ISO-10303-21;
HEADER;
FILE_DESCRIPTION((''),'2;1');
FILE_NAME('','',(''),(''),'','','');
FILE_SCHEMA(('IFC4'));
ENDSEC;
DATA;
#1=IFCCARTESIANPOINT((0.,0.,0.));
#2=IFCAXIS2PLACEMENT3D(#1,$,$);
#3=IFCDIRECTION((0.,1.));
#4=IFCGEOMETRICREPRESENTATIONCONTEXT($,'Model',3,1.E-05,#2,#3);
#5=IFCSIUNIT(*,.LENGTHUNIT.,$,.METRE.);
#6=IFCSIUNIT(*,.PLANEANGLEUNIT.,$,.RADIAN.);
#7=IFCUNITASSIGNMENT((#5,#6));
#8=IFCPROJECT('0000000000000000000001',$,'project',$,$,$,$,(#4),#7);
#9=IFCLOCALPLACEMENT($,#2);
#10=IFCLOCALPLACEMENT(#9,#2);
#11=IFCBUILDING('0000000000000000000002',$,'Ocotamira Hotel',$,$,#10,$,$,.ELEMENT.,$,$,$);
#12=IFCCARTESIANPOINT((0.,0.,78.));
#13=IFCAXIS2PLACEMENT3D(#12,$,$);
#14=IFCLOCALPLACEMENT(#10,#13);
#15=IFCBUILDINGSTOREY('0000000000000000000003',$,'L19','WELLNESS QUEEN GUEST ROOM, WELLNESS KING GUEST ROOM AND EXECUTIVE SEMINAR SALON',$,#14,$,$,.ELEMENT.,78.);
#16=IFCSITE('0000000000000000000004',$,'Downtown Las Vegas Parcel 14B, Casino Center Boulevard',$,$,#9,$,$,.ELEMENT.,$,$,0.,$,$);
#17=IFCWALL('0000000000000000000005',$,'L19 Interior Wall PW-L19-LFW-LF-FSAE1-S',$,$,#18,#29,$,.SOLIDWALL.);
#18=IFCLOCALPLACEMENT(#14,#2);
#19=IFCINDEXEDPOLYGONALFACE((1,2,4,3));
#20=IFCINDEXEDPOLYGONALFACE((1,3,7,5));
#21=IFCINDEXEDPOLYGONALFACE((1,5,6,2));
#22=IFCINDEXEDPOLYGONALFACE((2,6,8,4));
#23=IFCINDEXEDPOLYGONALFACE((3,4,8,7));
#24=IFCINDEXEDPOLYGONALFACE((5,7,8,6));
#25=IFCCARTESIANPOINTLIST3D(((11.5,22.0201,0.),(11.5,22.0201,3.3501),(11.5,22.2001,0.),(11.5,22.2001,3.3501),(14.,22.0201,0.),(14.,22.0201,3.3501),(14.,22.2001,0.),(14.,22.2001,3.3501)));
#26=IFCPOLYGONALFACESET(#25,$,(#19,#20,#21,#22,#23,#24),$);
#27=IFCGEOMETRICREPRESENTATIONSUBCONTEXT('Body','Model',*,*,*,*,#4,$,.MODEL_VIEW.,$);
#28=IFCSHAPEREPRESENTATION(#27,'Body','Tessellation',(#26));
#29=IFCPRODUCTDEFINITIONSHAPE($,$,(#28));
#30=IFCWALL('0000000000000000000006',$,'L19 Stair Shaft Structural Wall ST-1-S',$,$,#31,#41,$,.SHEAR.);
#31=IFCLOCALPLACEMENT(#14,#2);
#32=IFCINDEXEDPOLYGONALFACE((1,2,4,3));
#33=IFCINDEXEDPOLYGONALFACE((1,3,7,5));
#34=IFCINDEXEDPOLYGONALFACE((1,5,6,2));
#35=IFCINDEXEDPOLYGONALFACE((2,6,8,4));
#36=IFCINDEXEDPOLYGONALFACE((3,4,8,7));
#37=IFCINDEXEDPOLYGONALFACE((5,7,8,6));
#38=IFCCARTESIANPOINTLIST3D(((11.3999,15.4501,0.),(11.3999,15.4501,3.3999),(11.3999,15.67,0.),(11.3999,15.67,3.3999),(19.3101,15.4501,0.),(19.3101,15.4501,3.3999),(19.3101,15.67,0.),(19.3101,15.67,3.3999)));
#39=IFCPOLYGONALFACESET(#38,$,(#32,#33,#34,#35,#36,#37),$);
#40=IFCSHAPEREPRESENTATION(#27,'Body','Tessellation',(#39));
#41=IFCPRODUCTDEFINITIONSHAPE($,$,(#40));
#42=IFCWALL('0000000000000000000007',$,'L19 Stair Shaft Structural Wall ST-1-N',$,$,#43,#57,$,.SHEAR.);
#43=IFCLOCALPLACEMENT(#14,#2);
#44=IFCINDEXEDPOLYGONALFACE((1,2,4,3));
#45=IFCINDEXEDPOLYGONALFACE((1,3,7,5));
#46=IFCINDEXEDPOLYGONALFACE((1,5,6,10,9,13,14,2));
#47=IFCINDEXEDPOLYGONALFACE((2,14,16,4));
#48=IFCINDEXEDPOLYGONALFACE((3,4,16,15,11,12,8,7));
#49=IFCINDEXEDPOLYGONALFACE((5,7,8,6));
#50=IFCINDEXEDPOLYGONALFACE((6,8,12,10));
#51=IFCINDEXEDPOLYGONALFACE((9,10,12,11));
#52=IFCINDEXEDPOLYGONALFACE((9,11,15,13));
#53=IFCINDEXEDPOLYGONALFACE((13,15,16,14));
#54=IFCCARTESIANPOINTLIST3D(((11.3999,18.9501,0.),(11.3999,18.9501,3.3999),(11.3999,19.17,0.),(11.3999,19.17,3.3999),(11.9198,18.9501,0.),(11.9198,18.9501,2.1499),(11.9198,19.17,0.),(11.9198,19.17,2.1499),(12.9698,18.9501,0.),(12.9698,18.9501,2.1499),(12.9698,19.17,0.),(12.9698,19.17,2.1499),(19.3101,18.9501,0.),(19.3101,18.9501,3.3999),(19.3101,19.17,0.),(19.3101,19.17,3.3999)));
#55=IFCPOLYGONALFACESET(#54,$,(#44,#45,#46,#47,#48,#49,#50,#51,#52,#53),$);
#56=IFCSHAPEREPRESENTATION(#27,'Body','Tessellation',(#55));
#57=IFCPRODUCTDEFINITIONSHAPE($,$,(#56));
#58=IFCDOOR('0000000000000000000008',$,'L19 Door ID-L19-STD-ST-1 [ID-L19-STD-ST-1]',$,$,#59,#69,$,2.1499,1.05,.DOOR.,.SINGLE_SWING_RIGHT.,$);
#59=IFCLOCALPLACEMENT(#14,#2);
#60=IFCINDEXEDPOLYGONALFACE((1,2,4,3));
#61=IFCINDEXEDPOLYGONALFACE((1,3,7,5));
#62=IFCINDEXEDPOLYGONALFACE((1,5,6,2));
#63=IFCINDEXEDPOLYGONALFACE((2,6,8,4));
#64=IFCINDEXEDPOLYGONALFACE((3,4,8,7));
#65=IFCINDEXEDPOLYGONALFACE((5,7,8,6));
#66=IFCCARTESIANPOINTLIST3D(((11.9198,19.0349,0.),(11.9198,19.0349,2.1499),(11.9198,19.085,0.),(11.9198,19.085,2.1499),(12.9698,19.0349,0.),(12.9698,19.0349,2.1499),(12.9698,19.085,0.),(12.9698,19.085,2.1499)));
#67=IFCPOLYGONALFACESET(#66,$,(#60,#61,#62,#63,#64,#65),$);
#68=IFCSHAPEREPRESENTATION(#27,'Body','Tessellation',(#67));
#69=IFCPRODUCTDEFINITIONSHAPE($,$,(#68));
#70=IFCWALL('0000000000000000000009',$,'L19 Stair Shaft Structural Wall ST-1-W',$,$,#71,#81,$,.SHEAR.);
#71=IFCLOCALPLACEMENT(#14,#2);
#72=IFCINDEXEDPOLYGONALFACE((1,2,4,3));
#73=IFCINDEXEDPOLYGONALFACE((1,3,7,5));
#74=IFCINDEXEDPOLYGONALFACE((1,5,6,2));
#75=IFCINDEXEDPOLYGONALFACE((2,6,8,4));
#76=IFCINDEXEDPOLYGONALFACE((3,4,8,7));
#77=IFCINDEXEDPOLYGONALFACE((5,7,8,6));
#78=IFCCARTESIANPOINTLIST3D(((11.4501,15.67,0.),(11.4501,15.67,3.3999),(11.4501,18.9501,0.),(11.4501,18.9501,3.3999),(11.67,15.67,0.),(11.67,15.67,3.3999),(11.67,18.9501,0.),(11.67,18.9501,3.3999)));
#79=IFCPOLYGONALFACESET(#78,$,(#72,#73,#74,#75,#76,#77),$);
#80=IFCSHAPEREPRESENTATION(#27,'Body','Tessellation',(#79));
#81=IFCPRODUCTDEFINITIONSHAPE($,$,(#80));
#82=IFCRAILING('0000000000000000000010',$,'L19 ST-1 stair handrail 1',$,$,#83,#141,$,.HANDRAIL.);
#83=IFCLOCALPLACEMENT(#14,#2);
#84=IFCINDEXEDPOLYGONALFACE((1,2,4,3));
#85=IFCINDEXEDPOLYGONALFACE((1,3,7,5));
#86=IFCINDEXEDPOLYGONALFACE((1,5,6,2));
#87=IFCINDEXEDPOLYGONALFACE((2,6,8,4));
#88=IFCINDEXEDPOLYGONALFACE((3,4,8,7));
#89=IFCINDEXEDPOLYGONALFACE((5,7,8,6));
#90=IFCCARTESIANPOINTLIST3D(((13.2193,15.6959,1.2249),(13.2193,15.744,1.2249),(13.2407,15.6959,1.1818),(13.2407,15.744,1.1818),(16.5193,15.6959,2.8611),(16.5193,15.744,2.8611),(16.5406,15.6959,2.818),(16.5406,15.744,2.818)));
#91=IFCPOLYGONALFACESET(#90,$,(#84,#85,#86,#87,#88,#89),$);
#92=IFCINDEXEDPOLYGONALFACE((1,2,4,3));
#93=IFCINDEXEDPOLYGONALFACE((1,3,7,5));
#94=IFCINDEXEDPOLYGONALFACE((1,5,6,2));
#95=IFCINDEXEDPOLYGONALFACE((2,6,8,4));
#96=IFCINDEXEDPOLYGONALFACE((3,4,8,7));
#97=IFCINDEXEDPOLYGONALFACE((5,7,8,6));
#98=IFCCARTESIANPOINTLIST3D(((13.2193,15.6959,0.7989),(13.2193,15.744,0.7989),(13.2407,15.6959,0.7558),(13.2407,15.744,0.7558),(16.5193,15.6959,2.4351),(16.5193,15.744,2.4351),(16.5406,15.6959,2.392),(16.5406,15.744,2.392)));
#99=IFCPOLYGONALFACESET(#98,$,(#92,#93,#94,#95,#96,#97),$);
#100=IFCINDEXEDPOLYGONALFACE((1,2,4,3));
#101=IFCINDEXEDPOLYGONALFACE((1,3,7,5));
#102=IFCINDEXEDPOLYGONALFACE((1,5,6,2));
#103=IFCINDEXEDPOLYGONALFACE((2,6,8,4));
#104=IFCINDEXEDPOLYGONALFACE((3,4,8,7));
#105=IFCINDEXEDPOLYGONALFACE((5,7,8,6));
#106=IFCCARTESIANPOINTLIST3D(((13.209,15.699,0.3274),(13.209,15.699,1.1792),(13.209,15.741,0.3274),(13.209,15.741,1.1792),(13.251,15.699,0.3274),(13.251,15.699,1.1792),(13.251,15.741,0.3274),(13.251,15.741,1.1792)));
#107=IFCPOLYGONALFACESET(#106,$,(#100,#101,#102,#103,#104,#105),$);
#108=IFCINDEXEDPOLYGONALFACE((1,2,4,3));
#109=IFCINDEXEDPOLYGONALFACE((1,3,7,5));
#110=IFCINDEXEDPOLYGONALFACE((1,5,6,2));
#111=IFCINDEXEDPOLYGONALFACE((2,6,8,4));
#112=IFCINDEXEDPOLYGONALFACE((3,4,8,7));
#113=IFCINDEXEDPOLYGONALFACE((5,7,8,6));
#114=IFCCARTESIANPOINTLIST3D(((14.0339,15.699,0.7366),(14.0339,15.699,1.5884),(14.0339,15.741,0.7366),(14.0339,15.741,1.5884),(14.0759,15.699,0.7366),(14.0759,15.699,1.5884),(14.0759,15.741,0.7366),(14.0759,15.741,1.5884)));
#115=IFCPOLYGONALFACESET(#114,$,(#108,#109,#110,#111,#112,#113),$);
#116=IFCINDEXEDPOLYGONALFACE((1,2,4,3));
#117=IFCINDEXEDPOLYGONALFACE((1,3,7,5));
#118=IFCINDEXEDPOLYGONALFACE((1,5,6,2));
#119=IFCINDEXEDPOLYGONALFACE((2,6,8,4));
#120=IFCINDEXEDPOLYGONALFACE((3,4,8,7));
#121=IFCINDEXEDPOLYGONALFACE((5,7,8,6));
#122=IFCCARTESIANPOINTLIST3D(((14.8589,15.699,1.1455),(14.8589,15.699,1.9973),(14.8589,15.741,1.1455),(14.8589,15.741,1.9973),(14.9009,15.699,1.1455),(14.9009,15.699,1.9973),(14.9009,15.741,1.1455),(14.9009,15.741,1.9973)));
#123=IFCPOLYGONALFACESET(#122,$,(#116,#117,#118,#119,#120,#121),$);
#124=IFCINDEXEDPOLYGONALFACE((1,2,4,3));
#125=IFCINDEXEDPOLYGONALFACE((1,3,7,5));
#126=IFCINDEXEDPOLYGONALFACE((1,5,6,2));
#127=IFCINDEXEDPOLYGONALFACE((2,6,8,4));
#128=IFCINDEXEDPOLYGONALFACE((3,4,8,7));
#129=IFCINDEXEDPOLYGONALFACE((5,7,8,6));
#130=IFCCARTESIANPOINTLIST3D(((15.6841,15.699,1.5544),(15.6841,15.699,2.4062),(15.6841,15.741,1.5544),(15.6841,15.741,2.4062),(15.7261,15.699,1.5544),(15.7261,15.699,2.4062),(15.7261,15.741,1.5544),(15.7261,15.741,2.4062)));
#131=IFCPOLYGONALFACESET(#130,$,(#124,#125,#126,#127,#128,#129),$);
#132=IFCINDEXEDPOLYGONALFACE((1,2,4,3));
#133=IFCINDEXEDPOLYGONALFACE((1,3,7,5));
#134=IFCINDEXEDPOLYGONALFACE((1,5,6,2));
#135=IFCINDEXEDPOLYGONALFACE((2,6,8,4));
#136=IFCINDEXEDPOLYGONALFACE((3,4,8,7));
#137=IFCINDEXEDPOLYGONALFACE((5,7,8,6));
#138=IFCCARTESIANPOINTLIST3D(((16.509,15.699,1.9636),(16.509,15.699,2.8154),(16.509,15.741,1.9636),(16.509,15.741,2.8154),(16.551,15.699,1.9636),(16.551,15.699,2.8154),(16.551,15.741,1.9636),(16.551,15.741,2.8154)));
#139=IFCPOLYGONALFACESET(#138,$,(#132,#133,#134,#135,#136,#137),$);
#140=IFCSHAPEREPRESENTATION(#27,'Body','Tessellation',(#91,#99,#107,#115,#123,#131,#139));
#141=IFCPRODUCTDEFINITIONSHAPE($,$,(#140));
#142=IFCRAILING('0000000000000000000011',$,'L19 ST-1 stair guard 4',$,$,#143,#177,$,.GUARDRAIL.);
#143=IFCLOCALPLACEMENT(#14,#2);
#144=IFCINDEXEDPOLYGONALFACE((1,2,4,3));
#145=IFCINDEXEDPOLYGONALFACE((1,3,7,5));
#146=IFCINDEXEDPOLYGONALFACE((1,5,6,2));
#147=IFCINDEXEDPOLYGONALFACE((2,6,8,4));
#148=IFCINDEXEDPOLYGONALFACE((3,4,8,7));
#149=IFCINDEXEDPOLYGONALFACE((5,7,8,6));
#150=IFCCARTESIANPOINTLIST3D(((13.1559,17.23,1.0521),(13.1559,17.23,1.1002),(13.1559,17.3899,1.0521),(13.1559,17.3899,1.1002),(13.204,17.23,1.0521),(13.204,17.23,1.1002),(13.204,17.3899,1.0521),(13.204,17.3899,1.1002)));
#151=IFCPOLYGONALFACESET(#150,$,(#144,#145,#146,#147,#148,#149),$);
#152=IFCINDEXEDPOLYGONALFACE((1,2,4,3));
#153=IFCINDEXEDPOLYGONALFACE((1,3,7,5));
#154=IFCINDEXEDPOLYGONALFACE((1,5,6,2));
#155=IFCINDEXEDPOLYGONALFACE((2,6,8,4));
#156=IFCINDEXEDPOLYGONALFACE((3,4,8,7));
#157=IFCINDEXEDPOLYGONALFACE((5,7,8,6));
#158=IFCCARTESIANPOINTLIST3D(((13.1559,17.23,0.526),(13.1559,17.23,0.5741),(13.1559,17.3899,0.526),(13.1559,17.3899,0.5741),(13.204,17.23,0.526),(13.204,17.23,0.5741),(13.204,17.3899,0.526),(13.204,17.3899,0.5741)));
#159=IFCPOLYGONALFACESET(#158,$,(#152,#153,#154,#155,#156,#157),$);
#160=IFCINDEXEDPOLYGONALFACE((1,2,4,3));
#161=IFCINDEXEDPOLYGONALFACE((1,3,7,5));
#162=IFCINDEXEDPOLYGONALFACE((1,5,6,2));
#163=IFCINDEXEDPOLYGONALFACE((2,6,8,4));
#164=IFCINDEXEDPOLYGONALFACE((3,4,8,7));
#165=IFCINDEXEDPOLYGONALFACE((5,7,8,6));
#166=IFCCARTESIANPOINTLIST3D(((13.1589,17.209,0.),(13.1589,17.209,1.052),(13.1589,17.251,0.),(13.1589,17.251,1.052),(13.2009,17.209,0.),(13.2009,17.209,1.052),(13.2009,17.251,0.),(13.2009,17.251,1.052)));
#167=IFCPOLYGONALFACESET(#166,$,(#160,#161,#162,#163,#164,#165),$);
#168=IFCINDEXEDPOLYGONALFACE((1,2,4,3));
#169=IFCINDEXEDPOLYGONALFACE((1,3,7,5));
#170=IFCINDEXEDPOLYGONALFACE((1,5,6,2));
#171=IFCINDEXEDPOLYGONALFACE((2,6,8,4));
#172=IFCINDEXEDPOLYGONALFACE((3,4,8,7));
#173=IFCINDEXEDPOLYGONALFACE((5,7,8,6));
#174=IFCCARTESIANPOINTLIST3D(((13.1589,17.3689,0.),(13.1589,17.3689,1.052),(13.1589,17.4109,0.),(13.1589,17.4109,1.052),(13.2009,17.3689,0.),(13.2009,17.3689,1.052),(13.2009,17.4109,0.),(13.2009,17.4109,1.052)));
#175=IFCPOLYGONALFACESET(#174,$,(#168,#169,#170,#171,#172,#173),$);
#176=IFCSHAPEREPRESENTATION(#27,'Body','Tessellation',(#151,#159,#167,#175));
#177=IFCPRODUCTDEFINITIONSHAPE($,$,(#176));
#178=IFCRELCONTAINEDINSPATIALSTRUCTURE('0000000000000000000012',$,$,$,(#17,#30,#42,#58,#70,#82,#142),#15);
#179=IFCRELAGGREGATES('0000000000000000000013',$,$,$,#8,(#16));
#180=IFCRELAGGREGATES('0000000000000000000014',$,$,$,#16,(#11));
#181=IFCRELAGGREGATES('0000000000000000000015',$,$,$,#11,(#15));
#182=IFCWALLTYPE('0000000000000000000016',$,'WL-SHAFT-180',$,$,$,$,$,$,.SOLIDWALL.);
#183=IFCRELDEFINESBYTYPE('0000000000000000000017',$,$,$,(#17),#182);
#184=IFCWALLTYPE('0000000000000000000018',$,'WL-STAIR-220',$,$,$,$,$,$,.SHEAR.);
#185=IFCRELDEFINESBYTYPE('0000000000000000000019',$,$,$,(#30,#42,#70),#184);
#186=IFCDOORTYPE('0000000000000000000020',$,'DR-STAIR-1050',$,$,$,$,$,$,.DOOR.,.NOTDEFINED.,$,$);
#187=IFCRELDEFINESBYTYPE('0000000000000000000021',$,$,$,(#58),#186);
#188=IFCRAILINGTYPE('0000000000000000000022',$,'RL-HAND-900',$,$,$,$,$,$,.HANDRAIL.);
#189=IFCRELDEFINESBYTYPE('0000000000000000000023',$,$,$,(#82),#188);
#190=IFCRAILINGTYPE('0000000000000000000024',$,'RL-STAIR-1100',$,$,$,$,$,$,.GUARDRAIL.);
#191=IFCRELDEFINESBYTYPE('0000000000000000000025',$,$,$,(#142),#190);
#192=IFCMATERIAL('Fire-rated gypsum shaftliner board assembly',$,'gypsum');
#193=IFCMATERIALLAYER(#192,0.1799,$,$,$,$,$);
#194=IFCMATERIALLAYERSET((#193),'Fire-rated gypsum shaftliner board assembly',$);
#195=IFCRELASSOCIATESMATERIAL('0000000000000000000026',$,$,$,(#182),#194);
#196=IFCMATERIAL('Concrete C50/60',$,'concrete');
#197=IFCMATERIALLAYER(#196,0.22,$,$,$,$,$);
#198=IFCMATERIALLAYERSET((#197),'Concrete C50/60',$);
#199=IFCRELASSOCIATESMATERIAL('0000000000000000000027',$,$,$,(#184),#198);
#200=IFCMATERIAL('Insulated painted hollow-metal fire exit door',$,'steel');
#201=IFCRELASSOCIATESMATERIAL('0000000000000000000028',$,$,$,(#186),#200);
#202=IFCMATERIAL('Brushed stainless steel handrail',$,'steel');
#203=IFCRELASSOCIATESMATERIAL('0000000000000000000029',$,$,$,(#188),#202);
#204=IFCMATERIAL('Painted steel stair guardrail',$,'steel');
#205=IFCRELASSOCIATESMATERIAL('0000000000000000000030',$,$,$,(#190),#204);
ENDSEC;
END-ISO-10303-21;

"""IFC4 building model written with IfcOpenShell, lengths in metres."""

from ifc_helpers import new_model, si_unit, direction, frame, frame_2d, origin, origin_2d, place, context, subcontext, project, spatial, rectangle, extrude, source, transform, mapped, material, layer, layer_set, type_object, element, fill, save


model = new_model("IFC4")

# Units and contexts
model_context = context("Model", 3, precision=1e-05, world=origin(), true_north=direction((0.0, 1.0)))
body_context = subcontext(model_context, "Body", "Model", "MODEL_VIEW")
ifc_project = project(units=[si_unit("LENGTHUNIT", "METRE"), si_unit("PLANEANGLEUNIT", "RADIAN")], contexts=[model_context])

# Site, building, storey
site_placement = place(None, origin())
site = spatial("IfcSite", under=ifc_project, at=site_placement, Name="Downtown Las Vegas Parcel 14B, Casino Center Boulevard", CompositionType="ELEMENT", RefElevation=0.0)
building_placement = place(site_placement, origin())
building = spatial("IfcBuilding", under=site, at=building_placement, Name="Ocotamira Hotel", CompositionType="ELEMENT")
storey_placement = place(building_placement, frame((0.0, 0.0, 78.0)))
storey = spatial("IfcBuildingStorey", under=building, at=storey_placement, Name="L19", Description="WELLNESS QUEEN GUEST ROOM, WELLNESS KING GUEST ROOM AND EXECUTIVE SEMINAR SALON", CompositionType="ELEMENT", Elevation=78.0)

# Walls
ifc_material_1 = material(Name="Fire-rated gypsum shaftliner board assembly", Category="gypsum")
ifc_layer_1 = layer(ifc_material_1, 0.1799)
ifc_layer_set_1 = layer_set([ifc_layer_1], Name="Fire-rated gypsum shaftliner board assembly")
wall_type_1 = type_object("IfcWallType", Name="WL-SHAFT-180", PredefinedType="SOLIDWALL", material=ifc_layer_set_1)
wall_1_placement = place(storey_placement, frame((11.5, 22.1101, 0.0), z_axis=(0.0, 0.0, 1.0), x_axis=(1.0, 0.0, 0.0)))
element("IfcWall", 1, at=wall_1_placement, inside=storey, type_object=wall_type_1, Name="L19 Interior Wall PW-L19-LFW-LF-FSAE1-S", PredefinedType="SOLIDWALL", context=body_context, shape_type="SweptSolid", body=[
    extrude(rectangle(XDim=2.5, YDim=0.1799, at=frame_2d((1.25, 0.0))), origin(), (0.0, 0.0, 1.0), 3.3501),
])
ifc_material_2 = material(Name="Concrete C50/60", Category="concrete")
ifc_layer_2 = layer(ifc_material_2, 0.22)
ifc_layer_set_2 = layer_set([ifc_layer_2], Name="Concrete C50/60")
wall_type_2 = type_object("IfcWallType", Name="WL-STAIR-220", PredefinedType="SHEAR", material=ifc_layer_set_2)
wall_2_placement = place(storey_placement, frame((11.3999, 15.5601, 0.0), z_axis=(0.0, 0.0, 1.0), x_axis=(1.0, 0.0, 0.0)))
element("IfcWall", 2, at=wall_2_placement, inside=storey, type_object=wall_type_2, Name="L19 Stair Shaft Structural Wall ST-1-S", PredefinedType="SHEAR", context=body_context, shape_type="SweptSolid", body=[
    extrude(rectangle(XDim=7.9102, YDim=0.22, at=frame_2d((3.9551, 0.0))), origin(), (0.0, 0.0, 1.0), 3.3999),
])

# Wall, opening, door
wall_3_placement = place(storey_placement, frame((11.3999, 19.0601, 0.0), z_axis=(0.0, 0.0, 1.0), x_axis=(1.0, 0.0, 0.0)))
wall_3 = element("IfcWall", 3, at=wall_3_placement, inside=storey, type_object=wall_type_2, Name="L19 Stair Shaft Structural Wall ST-1-N", PredefinedType="SHEAR", context=body_context, shape_type="SweptSolid", body=[
    extrude(rectangle(XDim=7.9102, YDim=0.22, at=frame_2d((3.9551, 0.0))), origin(), (0.0, 0.0, 1.0), 3.3999),
])
opening_1_placement = place(wall_3_placement, frame((0.52, 0.0, 0.0)))
opening_1 = element("IfcOpeningElement", 4, at=opening_1_placement, cuts=wall_3, PredefinedType="OPENING", context=body_context, shape_type="SweptSolid", body=[
    extrude(rectangle(XDim=1.05, YDim=2.1499, at=frame_2d((0.5249, 1.075))), frame((0.0, 0.1201, 0.0), z_axis=(0.0, -1.0, 0.0), x_axis=(1.0, 0.0, 0.0)), (0.0, 0.0, 1.0), 0.24),
])
ifc_material_3 = material(Name="Insulated painted hollow-metal fire exit door", Category="steel")
door_type_1 = type_object("IfcDoorType", Name="DR-STAIR-1050", OperationType="NOTDEFINED", PredefinedType="DOOR", material=ifc_material_3)
shared_shape_1 = source(origin(), body_context, "Body", "SweptSolid", [
    extrude(rectangle(XDim=1.05, YDim=2.1499, at=frame_2d((0.5249, 1.075))), frame((0.0, 0.0249, 0.0), z_axis=(0.0, -1.0, 0.0), x_axis=(1.0, 0.0, 0.0)), (0.0, 0.0, 1.0), 0.05),
])
door_1_placement = place(opening_1_placement, origin())
door_1 = element("IfcDoor", 5, at=door_1_placement, inside=storey, type_object=door_type_1, Name="L19 Door ID-L19-STD-ST-1 [ID-L19-STD-ST-1]", OperationType="SINGLE_SWING_RIGHT", OverallHeight=2.1499, OverallWidth=1.05, PredefinedType="DOOR", context=body_context, shape_type="MappedRepresentation", body=[
    mapped(shared_shape_1, transform((0.0, 0.0, 0.0), scale=1.0)),
])
fill(opening_1, door_1)

# Wall
wall_4_placement = place(storey_placement, frame((11.5601, 15.6699, 0.0), z_axis=(0.0, 0.0, 1.0), x_axis=(0.0, 1.0, 0.0)))
element("IfcWall", 6, at=wall_4_placement, inside=storey, type_object=wall_type_2, Name="L19 Stair Shaft Structural Wall ST-1-W", PredefinedType="SHEAR", context=body_context, shape_type="SweptSolid", body=[
    extrude(rectangle(XDim=3.28, YDim=0.22, at=frame_2d((1.6401, 0.0))), origin(), (0.0, 0.0, 1.0), 3.3999),
])

# Railings
ifc_material_4 = material(Name="Brushed stainless steel handrail", Category="steel")
railing_type_1 = type_object("IfcRailingType", Name="RL-HAND-900", PredefinedType="HANDRAIL", material=ifc_material_4)
railing_1_placement = place(storey_placement, frame((13.23, 15.72, 0.3274)))
element("IfcRailing", 7, at=railing_1_placement, inside=storey, type_object=railing_type_1, Name="L19 ST-1 stair handrail 1", PredefinedType="HANDRAIL", context=body_context, shape_type="SweptSolid", body=[
    extrude(rectangle(XDim=0.0481, YDim=0.0481, at=origin_2d()), frame((0.0, 0.0, 0.876), z_axis=(0.89592, 0.0, 0.444215), x_axis=(0.0, 1.0, 0.0)), (0.0, 0.0, 1.0), 3.6833),
    extrude(rectangle(XDim=0.0481, YDim=0.0481, at=origin_2d()), frame((0.0, 0.0, 0.45), z_axis=(0.89592, 0.0, 0.444215), x_axis=(0.0, 1.0, 0.0)), (0.0, 0.0, 1.0), 3.6833),
    extrude(rectangle(XDim=0.042, YDim=0.042, at=origin_2d()), origin(), (0.0, 0.0, 1.0), 0.8518),
    extrude(rectangle(XDim=0.042, YDim=0.042, at=origin_2d()), frame((0.825, 0.0, 0.4092)), (0.0, 0.0, 1.0), 0.8518),
    extrude(rectangle(XDim=0.042, YDim=0.042, at=origin_2d()), frame((1.6499, 0.0, 0.8181)), (0.0, 0.0, 1.0), 0.8518),
    extrude(rectangle(XDim=0.042, YDim=0.042, at=origin_2d()), frame((2.4751, 0.0, 1.2271)), (0.0, 0.0, 1.0), 0.8518),
    extrude(rectangle(XDim=0.042, YDim=0.042, at=origin_2d()), frame((3.3, 0.0, 1.6362)), (0.0, 0.0, 1.0), 0.8518),
])
ifc_material_5 = material(Name="Painted steel stair guardrail", Category="steel")
railing_type_2 = type_object("IfcRailingType", Name="RL-STAIR-1100", PredefinedType="GUARDRAIL", material=ifc_material_5)
railing_2_placement = place(storey_placement, frame((13.1799, 17.23, 0.0)))
element("IfcRailing", 8, at=railing_2_placement, inside=storey, type_object=railing_type_2, Name="L19 ST-1 stair guard 4", PredefinedType="GUARDRAIL", context=body_context, shape_type="SweptSolid", body=[
    extrude(rectangle(XDim=0.0481, YDim=0.0481, at=origin_2d()), frame((0.0, 0.0, 1.0762), z_axis=(0.0, 1.0, 0.0), x_axis=(-1.0, 0.0, 0.0)), (0.0, 0.0, 1.0), 0.1599),
    extrude(rectangle(XDim=0.0481, YDim=0.0481, at=origin_2d()), frame((0.0, 0.0, 0.55), z_axis=(0.0, 1.0, 0.0), x_axis=(-1.0, 0.0, 0.0)), (0.0, 0.0, 1.0), 0.1599),
    extrude(rectangle(XDim=0.042, YDim=0.042, at=origin_2d()), origin(), (0.0, 0.0, 1.0), 1.052),
    extrude(rectangle(XDim=0.042, YDim=0.042, at=origin_2d()), frame((0.0, 0.1599, 0.0)), (0.0, 0.0, 1.0), 1.052),
])

save(model, "model.ifc")
